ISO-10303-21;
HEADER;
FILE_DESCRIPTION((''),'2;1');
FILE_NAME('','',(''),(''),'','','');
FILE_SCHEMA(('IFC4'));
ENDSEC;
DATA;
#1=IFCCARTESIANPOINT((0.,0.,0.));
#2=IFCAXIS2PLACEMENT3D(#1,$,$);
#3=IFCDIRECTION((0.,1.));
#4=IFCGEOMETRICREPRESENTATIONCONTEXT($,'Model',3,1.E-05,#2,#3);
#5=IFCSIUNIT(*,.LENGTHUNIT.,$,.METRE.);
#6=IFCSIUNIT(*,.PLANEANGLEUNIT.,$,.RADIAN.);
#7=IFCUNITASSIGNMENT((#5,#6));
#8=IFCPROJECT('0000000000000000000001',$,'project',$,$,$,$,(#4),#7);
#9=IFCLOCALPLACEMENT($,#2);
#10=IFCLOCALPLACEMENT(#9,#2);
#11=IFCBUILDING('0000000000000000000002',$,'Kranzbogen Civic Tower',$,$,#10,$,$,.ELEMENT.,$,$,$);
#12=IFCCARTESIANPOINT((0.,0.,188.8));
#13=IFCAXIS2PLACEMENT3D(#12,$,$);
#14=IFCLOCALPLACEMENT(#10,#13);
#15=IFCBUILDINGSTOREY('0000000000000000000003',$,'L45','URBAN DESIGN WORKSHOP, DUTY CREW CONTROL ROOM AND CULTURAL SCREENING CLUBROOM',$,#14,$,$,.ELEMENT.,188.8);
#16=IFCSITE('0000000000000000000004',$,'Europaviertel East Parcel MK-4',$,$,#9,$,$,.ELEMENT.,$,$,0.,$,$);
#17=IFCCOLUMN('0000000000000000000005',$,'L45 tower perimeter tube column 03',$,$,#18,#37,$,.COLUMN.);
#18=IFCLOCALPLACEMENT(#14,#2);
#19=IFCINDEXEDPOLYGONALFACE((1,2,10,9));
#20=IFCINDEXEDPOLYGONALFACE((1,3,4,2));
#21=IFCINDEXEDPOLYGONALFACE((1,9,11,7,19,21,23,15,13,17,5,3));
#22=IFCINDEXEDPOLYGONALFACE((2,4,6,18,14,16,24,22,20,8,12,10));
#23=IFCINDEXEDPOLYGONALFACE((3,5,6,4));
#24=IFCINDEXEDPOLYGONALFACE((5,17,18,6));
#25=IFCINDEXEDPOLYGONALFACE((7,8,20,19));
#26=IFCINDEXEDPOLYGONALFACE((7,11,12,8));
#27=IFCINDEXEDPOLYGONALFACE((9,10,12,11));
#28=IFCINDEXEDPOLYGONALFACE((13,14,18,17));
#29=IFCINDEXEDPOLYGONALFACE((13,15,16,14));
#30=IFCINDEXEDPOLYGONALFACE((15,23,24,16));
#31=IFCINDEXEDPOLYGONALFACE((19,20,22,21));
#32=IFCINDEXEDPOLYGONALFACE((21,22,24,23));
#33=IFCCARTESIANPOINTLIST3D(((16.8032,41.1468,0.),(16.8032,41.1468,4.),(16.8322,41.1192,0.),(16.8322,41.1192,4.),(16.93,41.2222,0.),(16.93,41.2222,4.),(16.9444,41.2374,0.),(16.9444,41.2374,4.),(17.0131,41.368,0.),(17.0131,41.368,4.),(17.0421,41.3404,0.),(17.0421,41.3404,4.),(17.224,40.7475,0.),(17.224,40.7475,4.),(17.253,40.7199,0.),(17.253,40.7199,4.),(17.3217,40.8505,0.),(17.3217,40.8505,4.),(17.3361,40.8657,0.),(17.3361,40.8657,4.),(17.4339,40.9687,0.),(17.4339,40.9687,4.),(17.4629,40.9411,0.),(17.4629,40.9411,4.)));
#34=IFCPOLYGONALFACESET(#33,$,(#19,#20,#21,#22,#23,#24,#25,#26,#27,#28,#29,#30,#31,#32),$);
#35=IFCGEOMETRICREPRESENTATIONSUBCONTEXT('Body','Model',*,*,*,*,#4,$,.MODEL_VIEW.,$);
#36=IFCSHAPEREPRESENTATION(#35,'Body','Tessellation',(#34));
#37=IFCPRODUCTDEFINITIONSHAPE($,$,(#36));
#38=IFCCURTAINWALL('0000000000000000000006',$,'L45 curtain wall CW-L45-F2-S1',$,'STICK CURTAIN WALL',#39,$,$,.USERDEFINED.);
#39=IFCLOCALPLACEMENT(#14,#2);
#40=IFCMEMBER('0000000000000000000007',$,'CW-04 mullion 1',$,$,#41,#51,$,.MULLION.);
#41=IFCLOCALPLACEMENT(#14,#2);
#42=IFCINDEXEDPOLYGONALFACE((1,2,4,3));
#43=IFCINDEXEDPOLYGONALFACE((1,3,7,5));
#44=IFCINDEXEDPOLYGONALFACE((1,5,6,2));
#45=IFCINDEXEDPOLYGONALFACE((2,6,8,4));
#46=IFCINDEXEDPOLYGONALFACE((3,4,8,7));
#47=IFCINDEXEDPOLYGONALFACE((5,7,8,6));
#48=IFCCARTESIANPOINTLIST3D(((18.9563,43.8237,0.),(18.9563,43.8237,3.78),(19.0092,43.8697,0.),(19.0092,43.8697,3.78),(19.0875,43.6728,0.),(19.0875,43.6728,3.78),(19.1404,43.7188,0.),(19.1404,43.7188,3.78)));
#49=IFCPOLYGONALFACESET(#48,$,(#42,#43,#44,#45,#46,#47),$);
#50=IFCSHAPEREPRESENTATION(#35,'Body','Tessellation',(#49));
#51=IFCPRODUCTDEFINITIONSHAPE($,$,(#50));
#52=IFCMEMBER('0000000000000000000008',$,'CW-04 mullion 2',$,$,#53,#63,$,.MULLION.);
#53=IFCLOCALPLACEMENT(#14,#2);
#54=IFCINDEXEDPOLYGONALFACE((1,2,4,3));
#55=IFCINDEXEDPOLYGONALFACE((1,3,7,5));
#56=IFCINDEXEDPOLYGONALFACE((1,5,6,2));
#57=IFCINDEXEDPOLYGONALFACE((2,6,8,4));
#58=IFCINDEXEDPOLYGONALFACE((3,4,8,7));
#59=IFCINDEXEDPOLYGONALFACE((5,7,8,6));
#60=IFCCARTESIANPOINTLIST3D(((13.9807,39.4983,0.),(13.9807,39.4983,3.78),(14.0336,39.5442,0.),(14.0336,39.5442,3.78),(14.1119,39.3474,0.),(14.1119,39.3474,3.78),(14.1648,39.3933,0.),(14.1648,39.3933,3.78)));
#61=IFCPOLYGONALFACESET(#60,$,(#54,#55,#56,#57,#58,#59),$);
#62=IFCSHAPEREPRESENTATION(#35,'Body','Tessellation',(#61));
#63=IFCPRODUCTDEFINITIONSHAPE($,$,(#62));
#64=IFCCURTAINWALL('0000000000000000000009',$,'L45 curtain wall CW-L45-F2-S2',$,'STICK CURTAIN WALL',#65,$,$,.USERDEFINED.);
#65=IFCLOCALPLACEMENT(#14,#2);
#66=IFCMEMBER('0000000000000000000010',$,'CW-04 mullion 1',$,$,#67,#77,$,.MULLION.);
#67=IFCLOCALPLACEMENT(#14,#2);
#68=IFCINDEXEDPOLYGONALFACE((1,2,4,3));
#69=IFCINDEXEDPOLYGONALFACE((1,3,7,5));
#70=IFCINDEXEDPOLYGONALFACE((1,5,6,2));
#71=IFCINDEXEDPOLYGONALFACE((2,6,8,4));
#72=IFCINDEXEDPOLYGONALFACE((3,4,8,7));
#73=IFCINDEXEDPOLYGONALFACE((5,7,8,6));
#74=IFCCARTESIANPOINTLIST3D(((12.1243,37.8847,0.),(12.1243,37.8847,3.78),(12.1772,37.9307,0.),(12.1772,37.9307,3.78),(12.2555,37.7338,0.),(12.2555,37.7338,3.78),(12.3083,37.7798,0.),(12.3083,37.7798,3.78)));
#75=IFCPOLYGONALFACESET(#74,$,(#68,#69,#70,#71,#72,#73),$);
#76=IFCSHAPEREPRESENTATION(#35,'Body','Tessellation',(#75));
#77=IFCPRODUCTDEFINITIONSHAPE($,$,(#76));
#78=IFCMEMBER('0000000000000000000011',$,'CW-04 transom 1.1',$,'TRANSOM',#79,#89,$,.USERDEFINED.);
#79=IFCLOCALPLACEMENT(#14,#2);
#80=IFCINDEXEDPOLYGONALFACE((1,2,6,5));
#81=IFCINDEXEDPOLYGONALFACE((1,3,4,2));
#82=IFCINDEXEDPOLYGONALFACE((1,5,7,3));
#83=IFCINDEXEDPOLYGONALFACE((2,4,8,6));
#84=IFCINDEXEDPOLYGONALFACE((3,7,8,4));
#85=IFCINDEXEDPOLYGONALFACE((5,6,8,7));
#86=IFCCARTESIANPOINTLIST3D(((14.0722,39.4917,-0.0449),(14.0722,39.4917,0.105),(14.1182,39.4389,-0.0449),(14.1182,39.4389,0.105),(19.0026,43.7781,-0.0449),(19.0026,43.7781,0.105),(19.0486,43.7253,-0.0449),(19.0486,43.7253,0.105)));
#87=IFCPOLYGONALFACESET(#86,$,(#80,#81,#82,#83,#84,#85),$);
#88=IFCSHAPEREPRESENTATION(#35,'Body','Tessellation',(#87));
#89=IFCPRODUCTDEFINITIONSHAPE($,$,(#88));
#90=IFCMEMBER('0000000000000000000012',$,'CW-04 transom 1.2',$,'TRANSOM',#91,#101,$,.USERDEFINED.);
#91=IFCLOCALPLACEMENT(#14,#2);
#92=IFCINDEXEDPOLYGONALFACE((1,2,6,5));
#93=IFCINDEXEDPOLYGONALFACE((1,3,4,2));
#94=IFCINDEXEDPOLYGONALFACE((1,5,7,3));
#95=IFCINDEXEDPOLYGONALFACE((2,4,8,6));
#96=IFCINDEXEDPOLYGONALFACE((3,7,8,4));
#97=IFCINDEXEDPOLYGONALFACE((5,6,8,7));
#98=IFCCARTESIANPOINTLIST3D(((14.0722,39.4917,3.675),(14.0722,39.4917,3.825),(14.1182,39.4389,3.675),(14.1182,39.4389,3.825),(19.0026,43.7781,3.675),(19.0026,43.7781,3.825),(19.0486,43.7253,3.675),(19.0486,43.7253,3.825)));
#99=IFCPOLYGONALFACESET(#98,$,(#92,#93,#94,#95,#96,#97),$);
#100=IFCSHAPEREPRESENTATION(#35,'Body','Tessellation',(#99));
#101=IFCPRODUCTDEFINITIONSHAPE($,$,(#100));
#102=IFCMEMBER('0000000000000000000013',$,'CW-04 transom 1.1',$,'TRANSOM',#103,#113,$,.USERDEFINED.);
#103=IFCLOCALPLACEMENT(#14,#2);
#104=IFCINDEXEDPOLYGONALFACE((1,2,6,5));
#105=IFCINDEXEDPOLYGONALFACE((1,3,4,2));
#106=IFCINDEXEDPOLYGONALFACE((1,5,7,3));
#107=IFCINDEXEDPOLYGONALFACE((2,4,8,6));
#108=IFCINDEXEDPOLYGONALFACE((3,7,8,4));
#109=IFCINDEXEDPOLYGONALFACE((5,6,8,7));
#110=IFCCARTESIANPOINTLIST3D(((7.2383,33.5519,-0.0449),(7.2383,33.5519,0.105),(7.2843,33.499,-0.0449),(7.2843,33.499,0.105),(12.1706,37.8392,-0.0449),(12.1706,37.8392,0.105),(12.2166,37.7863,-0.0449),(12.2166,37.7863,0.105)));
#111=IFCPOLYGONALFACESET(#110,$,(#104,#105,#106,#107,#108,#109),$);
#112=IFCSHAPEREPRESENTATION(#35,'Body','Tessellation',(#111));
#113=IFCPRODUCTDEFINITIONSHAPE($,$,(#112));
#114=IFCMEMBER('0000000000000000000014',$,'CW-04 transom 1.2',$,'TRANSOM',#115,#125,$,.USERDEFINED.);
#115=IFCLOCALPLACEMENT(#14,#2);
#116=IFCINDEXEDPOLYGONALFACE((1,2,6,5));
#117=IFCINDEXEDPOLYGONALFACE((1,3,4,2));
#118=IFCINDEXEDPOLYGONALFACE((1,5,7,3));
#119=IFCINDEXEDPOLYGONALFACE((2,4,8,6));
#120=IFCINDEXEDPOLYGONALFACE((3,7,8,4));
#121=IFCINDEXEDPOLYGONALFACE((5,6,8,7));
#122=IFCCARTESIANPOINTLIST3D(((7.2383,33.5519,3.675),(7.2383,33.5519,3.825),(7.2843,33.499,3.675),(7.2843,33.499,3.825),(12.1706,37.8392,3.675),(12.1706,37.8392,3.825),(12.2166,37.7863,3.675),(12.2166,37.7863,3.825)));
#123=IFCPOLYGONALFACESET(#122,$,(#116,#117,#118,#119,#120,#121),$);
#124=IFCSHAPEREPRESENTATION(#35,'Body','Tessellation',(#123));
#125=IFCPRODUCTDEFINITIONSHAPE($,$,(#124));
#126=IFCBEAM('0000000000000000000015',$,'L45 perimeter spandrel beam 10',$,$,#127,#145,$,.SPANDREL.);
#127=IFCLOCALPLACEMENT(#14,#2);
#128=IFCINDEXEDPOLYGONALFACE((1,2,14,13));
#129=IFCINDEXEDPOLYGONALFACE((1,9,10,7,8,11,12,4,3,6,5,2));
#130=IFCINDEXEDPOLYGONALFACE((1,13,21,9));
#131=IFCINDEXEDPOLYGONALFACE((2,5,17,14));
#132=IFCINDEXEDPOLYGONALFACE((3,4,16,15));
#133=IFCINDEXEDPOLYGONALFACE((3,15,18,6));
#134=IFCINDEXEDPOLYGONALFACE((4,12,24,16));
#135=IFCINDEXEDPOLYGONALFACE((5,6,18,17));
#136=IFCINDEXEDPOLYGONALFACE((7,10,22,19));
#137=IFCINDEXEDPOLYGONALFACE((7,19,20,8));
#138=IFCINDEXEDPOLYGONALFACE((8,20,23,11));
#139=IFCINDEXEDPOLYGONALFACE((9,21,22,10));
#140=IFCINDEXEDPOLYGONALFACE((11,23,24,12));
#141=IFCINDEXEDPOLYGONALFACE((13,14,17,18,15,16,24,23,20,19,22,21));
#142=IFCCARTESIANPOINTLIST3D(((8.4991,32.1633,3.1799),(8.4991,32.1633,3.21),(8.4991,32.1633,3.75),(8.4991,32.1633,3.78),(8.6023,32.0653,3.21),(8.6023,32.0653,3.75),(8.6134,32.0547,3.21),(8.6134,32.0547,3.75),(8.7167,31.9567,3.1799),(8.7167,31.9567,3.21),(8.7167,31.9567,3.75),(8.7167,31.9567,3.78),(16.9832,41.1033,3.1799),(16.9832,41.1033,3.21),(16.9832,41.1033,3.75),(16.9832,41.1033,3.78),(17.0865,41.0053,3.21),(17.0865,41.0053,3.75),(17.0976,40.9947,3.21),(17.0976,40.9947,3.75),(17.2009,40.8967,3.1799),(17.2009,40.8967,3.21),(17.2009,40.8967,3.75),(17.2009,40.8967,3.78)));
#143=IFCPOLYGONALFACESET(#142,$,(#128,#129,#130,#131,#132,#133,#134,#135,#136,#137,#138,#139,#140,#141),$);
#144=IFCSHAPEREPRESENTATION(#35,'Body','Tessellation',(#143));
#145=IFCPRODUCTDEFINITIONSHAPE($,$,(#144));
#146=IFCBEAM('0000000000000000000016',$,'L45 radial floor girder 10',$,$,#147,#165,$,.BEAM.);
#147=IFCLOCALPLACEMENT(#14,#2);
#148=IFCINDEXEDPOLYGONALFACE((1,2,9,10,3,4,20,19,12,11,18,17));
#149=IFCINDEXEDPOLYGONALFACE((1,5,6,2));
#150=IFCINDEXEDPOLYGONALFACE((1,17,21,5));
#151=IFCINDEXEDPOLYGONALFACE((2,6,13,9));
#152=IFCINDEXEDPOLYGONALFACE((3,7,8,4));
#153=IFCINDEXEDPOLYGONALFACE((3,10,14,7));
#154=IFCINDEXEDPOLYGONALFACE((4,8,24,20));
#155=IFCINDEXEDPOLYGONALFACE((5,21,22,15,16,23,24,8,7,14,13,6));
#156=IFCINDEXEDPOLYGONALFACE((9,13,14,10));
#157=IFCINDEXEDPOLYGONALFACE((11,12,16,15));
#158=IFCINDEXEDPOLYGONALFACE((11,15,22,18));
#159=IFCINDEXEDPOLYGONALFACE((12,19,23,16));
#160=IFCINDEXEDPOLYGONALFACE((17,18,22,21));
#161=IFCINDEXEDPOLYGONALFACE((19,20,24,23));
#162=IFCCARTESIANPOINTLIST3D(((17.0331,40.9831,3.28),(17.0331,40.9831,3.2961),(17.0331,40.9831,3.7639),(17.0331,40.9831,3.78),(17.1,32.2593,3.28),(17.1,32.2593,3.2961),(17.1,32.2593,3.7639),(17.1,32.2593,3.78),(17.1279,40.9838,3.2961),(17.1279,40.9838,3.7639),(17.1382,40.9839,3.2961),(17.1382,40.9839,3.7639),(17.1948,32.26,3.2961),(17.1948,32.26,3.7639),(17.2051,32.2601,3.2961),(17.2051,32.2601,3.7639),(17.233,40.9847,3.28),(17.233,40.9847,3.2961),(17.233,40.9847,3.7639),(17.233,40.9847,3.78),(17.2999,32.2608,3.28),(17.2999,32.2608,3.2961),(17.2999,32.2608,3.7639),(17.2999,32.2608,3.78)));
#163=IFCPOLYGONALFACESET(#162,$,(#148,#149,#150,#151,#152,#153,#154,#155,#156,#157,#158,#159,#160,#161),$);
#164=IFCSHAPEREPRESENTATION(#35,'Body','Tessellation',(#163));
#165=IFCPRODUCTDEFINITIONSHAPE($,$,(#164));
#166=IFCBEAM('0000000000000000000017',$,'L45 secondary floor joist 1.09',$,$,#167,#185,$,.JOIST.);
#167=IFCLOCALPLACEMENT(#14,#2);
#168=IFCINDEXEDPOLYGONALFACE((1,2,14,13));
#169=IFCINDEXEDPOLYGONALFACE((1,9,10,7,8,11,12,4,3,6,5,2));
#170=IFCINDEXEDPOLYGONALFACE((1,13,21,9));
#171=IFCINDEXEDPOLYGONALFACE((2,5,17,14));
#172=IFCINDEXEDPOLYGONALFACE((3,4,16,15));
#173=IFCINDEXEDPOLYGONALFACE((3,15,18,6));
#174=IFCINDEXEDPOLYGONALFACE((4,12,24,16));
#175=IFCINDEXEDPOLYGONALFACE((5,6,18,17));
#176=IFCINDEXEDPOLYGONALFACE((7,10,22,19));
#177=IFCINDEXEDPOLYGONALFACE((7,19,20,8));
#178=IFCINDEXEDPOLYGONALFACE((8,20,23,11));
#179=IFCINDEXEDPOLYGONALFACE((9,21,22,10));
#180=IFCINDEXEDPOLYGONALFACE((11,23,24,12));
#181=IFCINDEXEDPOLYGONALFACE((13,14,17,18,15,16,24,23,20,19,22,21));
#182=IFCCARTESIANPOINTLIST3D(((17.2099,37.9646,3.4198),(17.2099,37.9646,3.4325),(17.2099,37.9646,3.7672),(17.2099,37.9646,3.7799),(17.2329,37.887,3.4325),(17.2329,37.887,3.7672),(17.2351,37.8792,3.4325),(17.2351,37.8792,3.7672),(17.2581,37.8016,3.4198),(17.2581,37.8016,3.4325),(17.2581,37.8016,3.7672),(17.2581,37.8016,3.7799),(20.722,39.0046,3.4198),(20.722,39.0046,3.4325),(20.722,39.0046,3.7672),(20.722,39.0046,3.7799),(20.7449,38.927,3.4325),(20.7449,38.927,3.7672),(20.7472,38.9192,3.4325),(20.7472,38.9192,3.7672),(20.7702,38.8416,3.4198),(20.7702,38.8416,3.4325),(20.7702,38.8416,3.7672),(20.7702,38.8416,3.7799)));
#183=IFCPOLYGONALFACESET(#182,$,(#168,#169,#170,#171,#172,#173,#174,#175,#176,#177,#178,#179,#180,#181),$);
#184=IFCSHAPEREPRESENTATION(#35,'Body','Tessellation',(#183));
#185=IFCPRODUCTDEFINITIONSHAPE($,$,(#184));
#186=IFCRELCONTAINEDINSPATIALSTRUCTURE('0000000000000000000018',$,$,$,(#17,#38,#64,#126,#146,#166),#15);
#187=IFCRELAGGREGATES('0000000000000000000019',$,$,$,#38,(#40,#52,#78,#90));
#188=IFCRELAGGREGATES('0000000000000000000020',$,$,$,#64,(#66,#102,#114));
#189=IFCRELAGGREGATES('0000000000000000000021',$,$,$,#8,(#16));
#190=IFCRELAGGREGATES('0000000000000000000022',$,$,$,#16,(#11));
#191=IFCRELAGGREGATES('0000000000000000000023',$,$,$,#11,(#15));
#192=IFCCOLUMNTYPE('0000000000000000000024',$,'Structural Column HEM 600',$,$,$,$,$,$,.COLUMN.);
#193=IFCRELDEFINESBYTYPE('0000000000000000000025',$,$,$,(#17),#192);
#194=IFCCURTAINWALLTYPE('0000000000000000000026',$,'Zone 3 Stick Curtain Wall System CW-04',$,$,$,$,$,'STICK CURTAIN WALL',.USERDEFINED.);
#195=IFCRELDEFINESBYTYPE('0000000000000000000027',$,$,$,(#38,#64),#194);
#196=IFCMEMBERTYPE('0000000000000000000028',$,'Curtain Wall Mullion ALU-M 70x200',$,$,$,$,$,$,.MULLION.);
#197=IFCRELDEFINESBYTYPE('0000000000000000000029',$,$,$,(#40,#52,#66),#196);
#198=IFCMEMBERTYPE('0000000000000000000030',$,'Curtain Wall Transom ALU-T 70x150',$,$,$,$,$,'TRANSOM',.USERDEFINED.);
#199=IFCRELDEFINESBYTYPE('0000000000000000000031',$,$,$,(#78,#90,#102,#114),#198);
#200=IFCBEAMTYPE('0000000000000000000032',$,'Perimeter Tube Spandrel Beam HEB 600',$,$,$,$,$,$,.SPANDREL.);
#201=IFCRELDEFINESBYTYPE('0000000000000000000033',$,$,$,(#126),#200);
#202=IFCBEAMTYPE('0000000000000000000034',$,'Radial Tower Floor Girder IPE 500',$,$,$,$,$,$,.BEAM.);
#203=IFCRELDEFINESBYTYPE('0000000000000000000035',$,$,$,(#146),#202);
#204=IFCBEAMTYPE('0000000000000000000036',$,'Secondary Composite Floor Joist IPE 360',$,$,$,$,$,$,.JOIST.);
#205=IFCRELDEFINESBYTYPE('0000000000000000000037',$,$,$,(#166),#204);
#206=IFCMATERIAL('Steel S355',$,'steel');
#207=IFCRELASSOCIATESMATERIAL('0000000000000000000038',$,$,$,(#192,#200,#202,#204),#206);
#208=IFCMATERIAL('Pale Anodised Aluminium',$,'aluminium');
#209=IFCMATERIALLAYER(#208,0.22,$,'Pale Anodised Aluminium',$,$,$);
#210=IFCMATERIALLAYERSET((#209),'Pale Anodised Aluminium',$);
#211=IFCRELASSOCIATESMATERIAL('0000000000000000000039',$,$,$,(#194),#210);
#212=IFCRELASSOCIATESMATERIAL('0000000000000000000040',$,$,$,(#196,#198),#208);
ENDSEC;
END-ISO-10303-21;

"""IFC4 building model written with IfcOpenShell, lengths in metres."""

from ifc_helpers import new_model, si_unit, direction, frame, origin, origin_2d, place, context, subcontext, project, spatial, rectangle, i_section, extrude, material, layer, layer_set, material_profile, profile_set, type_object, element, aggregate, save


model = new_model("IFC4")

# Units and contexts
model_context = context("Model", 3, precision=1e-05, world=origin(), true_north=direction((0.0, 1.0)))
body_context = subcontext(model_context, "Body", "Model", "MODEL_VIEW")
ifc_project = project(units=[si_unit("LENGTHUNIT", "METRE"), si_unit("PLANEANGLEUNIT", "RADIAN")], contexts=[model_context])

# Site, building, storey
site_placement = place(None, origin())
site = spatial("IfcSite", under=ifc_project, at=site_placement, Name="Europaviertel East Parcel MK-4", CompositionType="ELEMENT", RefElevation=0.0)
building_placement = place(site_placement, origin())
building = spatial("IfcBuilding", under=site, at=building_placement, Name="Kranzbogen Civic Tower", CompositionType="ELEMENT")
storey_placement = place(building_placement, frame((0.0, 0.0, 188.8)))
storey = spatial("IfcBuildingStorey", under=building, at=storey_placement, Name="L45", Description="URBAN DESIGN WORKSHOP, DUTY CREW CONTROL ROOM AND CULTURAL SCREENING CLUBROOM", CompositionType="ELEMENT", Elevation=188.8)

# Column
ifc_material_1 = material(Name="Steel S355", Category="steel")
ifc_material_profile_1 = material_profile(ifc_material_1, i_section(OverallWidth=0.3049, OverallDepth=0.6201, WebThickness=0.021, FlangeThickness=0.04, at=origin_2d()), Name="HEM 600")
ifc_profile_set_1 = profile_set([ifc_material_profile_1], Name="Steel S355")
column_type = type_object("IfcColumnType", Name="Structural Column HEM 600", PredefinedType="COLUMN", material=ifc_profile_set_1)
column_placement = place(storey_placement, frame((17.1331, 41.0439, 0.0), z_axis=(0.0, 0.0, 1.0), x_axis=(0.688355, 0.725374, 0.0)))
element("IfcColumn", 1, at=column_placement, inside=storey, type_object=column_type, Name="L45 tower perimeter tube column 03", PredefinedType="COLUMN", context=body_context, shape_type="SweptSolid", body=[
    extrude(i_section(OverallWidth=0.3049, OverallDepth=0.6201, WebThickness=0.021, FlangeThickness=0.04, at=origin_2d()), origin(), (0.0, 0.0, 1.0), 4.0),
])

# Curtain wall, members
ifc_material_2 = material(Name="Pale Anodised Aluminium", Category="aluminium")
ifc_layer_1 = layer(ifc_material_2, 0.22, Name="Pale Anodised Aluminium")
ifc_layer_set_1 = layer_set([ifc_layer_1], Name="Pale Anodised Aluminium")
curtain_wall_type = type_object("IfcCurtainWallType", Name="Zone 3 Stick Curtain Wall System CW-04", ElementType="STICK CURTAIN WALL", PredefinedType="USERDEFINED", material=ifc_layer_set_1)
curtain_wall_1_placement = place(storey_placement, origin())
curtain_wall_1 = element("IfcCurtainWall", 2, at=curtain_wall_1_placement, inside=storey, type_object=curtain_wall_type, Name="L45 curtain wall CW-L45-F2-S1", ObjectType="STICK CURTAIN WALL", PredefinedType="USERDEFINED")
ifc_material_profile_2 = material_profile(ifc_material_2, rectangle(XDim=0.0701, YDim=0.2, at=origin_2d()), Name="ALU-M 70x200")
ifc_profile_set_2 = profile_set([ifc_material_profile_2], Name="Pale Anodised Aluminium")
member_type_1 = type_object("IfcMemberType", Name="Curtain Wall Mullion ALU-M 70x200", PredefinedType="MULLION", material=ifc_profile_set_2)
member_1_placement = place(storey_placement, frame((19.0483, 43.7712, 0.0), z_axis=(0.0, 0.0, 1.0), x_axis=(-0.754686, -0.656086, 0.0)))
member_1 = element("IfcMember", 3, at=member_1_placement, type_object=member_type_1, Name="CW-04 mullion 1", PredefinedType="MULLION", context=body_context, shape_type="SweptSolid", body=[
    extrude(rectangle(XDim=0.0701, YDim=0.2, at=origin_2d()), origin(), (0.0, 0.0, 1.0), 3.78),
])
member_2_placement = place(storey_placement, frame((14.0728, 39.4458, 0.0), z_axis=(0.0, 0.0, 1.0), x_axis=(-0.754686, -0.656086, 0.0)))
member_2 = element("IfcMember", 4, at=member_2_placement, type_object=member_type_1, Name="CW-04 mullion 2", PredefinedType="MULLION", context=body_context, shape_type="SweptSolid", body=[
    extrude(rectangle(XDim=0.0701, YDim=0.2, at=origin_2d()), origin(), (0.0, 0.0, 1.0), 3.78),
])

# Curtain wall, member
curtain_wall_2_placement = place(storey_placement, origin())
curtain_wall_2 = element("IfcCurtainWall", 5, at=curtain_wall_2_placement, inside=storey, type_object=curtain_wall_type, Name="L45 curtain wall CW-L45-F2-S2", ObjectType="STICK CURTAIN WALL", PredefinedType="USERDEFINED")
member_3_placement = place(storey_placement, frame((12.2163, 37.8323, 0.0), z_axis=(0.0, 0.0, 1.0), x_axis=(-0.754741, -0.656022, 0.0)))
member_3 = element("IfcMember", 6, at=member_3_placement, type_object=member_type_1, Name="CW-04 mullion 1", PredefinedType="MULLION", context=body_context, shape_type="SweptSolid", body=[
    extrude(rectangle(XDim=0.0701, YDim=0.2, at=origin_2d()), origin(), (0.0, 0.0, 1.0), 3.78),
])

# Members
ifc_material_profile_3 = material_profile(ifc_material_2, rectangle(XDim=0.0701, YDim=0.1499, at=origin_2d()), Name="ALU-T 70x150")
ifc_profile_set_3 = profile_set([ifc_material_profile_3], Name="Pale Anodised Aluminium")
member_type_2 = type_object("IfcMemberType", Name="Curtain Wall Transom ALU-T 70x150", ElementType="TRANSOM", PredefinedType="USERDEFINED", material=ifc_profile_set_3)
member_4_placement = place(storey_placement, frame((19.0256, 43.7517, 0.03), z_axis=(-0.754677, -0.656096, 0.0), x_axis=(0.656096, -0.754677, 0.0)))
member_4 = element("IfcMember", 7, at=member_4_placement, type_object=member_type_2, Name="CW-04 transom 1.1", ObjectType="TRANSOM", PredefinedType="USERDEFINED", context=body_context, shape_type="SweptSolid", body=[
    extrude(rectangle(XDim=0.0701, YDim=0.1499, at=origin_2d()), origin(), (0.0, 0.0, 1.0), 6.5332),
])
member_5_placement = place(storey_placement, frame((19.0256, 43.7517, 3.75), z_axis=(-0.754677, -0.656096, 0.0), x_axis=(0.656096, -0.754677, 0.0)))
member_5 = element("IfcMember", 8, at=member_5_placement, type_object=member_type_2, Name="CW-04 transom 1.2", ObjectType="TRANSOM", PredefinedType="USERDEFINED", context=body_context, shape_type="SweptSolid", body=[
    extrude(rectangle(XDim=0.0701, YDim=0.1499, at=origin_2d()), origin(), (0.0, 0.0, 1.0), 6.5332),
])
member_6_placement = place(storey_placement, frame((12.1936, 37.8127, 0.03), z_axis=(-0.754732, -0.656033, 0.0), x_axis=(0.656033, -0.754732, 0.0)))
member_6 = element("IfcMember", 9, at=member_6_placement, type_object=member_type_2, Name="CW-04 transom 1.1", ObjectType="TRANSOM", PredefinedType="USERDEFINED", context=body_context, shape_type="SweptSolid", body=[
    extrude(rectangle(XDim=0.0701, YDim=0.1499, at=origin_2d()), origin(), (0.0, 0.0, 1.0), 6.5352),
])
member_7_placement = place(storey_placement, frame((12.1936, 37.8127, 3.75), z_axis=(-0.754732, -0.656033, 0.0), x_axis=(0.656033, -0.754732, 0.0)))
member_7 = element("IfcMember", 10, at=member_7_placement, type_object=member_type_2, Name="CW-04 transom 1.2", ObjectType="TRANSOM", PredefinedType="USERDEFINED", context=body_context, shape_type="SweptSolid", body=[
    extrude(rectangle(XDim=0.0701, YDim=0.1499, at=origin_2d()), origin(), (0.0, 0.0, 1.0), 6.5352),
])

# Beams
ifc_material_profile_4 = material_profile(ifc_material_1, i_section(OverallWidth=0.3, OverallDepth=0.6001, WebThickness=0.0154, FlangeThickness=0.03, at=origin_2d()), Name="HEB 600")
ifc_profile_set_4 = profile_set([ifc_material_profile_4], Name="Steel S355")
beam_type_1 = type_object("IfcBeamType", Name="Perimeter Tube Spandrel Beam HEB 600", PredefinedType="SPANDREL", material=ifc_profile_set_4)
beam_1_placement = place(storey_placement, frame((17.092, 41.0, 3.48), z_axis=(-0.688373, -0.725356, 0.0), x_axis=(0.725356, -0.688373, 0.0)))
element("IfcBeam", 11, at=beam_1_placement, inside=storey, type_object=beam_type_1, Name="L45 perimeter spandrel beam 10", PredefinedType="SPANDREL", context=body_context, shape_type="SweptSolid", body=[
    extrude(i_section(OverallWidth=0.3, OverallDepth=0.6001, WebThickness=0.0154, FlangeThickness=0.03, at=origin_2d()), origin(), (0.0, 0.0, 1.0), 12.325),
])
ifc_material_profile_5 = material_profile(ifc_material_1, i_section(OverallWidth=0.2, OverallDepth=0.5, WebThickness=0.0103, FlangeThickness=0.0161, at=origin_2d()), Name="IPE 500")
ifc_profile_set_5 = profile_set([ifc_material_profile_5], Name="Steel S355")
beam_type_2 = type_object("IfcBeamType", Name="Radial Tower Floor Girder IPE 500", PredefinedType="BEAM", material=ifc_profile_set_5)
beam_2_placement = place(storey_placement, frame((17.1331, 40.9839, 3.53), z_axis=(0.007668, -0.999971, 0.0), x_axis=(0.999971, 0.007668, 0.0)))
element("IfcBeam", 12, at=beam_2_placement, inside=storey, type_object=beam_type_2, Name="L45 radial floor girder 10", PredefinedType="BEAM", context=body_context, shape_type="SweptSolid", body=[
    extrude(i_section(OverallWidth=0.2, OverallDepth=0.5, WebThickness=0.0103, FlangeThickness=0.0161, at=origin_2d()), origin(), (0.0, 0.0, 1.0), 8.7241),
])
ifc_material_profile_6 = material_profile(ifc_material_1, i_section(OverallWidth=0.1699, OverallDepth=0.3601, WebThickness=0.0081, FlangeThickness=0.0127, at=origin_2d()), Name="IPE 360")
ifc_profile_set_6 = profile_set([ifc_material_profile_6], Name="Steel S355")
beam_type_3 = type_object("IfcBeamType", Name="Secondary Composite Floor Joist IPE 360", PredefinedType="JOIST", material=ifc_profile_set_6)
beam_3_placement = place(storey_placement, frame((20.7461, 38.9231, 3.5999), z_axis=(-0.958844, -0.283934, 0.0), x_axis=(0.283934, -0.958844, 0.0)))
element("IfcBeam", 13, at=beam_3_placement, inside=storey, type_object=beam_type_3, Name="L45 secondary floor joist 1.09", PredefinedType="JOIST", context=body_context, shape_type="SweptSolid", body=[
    extrude(i_section(OverallWidth=0.1699, OverallDepth=0.3601, WebThickness=0.0081, FlangeThickness=0.0127, at=origin_2d()), origin(), (0.0, 0.0, 1.0), 3.6628),
])

aggregate(curtain_wall_1, [member_1, member_2, member_4, member_5])
aggregate(curtain_wall_2, [member_3, member_6, member_7])

save(model, "model.ifc")
